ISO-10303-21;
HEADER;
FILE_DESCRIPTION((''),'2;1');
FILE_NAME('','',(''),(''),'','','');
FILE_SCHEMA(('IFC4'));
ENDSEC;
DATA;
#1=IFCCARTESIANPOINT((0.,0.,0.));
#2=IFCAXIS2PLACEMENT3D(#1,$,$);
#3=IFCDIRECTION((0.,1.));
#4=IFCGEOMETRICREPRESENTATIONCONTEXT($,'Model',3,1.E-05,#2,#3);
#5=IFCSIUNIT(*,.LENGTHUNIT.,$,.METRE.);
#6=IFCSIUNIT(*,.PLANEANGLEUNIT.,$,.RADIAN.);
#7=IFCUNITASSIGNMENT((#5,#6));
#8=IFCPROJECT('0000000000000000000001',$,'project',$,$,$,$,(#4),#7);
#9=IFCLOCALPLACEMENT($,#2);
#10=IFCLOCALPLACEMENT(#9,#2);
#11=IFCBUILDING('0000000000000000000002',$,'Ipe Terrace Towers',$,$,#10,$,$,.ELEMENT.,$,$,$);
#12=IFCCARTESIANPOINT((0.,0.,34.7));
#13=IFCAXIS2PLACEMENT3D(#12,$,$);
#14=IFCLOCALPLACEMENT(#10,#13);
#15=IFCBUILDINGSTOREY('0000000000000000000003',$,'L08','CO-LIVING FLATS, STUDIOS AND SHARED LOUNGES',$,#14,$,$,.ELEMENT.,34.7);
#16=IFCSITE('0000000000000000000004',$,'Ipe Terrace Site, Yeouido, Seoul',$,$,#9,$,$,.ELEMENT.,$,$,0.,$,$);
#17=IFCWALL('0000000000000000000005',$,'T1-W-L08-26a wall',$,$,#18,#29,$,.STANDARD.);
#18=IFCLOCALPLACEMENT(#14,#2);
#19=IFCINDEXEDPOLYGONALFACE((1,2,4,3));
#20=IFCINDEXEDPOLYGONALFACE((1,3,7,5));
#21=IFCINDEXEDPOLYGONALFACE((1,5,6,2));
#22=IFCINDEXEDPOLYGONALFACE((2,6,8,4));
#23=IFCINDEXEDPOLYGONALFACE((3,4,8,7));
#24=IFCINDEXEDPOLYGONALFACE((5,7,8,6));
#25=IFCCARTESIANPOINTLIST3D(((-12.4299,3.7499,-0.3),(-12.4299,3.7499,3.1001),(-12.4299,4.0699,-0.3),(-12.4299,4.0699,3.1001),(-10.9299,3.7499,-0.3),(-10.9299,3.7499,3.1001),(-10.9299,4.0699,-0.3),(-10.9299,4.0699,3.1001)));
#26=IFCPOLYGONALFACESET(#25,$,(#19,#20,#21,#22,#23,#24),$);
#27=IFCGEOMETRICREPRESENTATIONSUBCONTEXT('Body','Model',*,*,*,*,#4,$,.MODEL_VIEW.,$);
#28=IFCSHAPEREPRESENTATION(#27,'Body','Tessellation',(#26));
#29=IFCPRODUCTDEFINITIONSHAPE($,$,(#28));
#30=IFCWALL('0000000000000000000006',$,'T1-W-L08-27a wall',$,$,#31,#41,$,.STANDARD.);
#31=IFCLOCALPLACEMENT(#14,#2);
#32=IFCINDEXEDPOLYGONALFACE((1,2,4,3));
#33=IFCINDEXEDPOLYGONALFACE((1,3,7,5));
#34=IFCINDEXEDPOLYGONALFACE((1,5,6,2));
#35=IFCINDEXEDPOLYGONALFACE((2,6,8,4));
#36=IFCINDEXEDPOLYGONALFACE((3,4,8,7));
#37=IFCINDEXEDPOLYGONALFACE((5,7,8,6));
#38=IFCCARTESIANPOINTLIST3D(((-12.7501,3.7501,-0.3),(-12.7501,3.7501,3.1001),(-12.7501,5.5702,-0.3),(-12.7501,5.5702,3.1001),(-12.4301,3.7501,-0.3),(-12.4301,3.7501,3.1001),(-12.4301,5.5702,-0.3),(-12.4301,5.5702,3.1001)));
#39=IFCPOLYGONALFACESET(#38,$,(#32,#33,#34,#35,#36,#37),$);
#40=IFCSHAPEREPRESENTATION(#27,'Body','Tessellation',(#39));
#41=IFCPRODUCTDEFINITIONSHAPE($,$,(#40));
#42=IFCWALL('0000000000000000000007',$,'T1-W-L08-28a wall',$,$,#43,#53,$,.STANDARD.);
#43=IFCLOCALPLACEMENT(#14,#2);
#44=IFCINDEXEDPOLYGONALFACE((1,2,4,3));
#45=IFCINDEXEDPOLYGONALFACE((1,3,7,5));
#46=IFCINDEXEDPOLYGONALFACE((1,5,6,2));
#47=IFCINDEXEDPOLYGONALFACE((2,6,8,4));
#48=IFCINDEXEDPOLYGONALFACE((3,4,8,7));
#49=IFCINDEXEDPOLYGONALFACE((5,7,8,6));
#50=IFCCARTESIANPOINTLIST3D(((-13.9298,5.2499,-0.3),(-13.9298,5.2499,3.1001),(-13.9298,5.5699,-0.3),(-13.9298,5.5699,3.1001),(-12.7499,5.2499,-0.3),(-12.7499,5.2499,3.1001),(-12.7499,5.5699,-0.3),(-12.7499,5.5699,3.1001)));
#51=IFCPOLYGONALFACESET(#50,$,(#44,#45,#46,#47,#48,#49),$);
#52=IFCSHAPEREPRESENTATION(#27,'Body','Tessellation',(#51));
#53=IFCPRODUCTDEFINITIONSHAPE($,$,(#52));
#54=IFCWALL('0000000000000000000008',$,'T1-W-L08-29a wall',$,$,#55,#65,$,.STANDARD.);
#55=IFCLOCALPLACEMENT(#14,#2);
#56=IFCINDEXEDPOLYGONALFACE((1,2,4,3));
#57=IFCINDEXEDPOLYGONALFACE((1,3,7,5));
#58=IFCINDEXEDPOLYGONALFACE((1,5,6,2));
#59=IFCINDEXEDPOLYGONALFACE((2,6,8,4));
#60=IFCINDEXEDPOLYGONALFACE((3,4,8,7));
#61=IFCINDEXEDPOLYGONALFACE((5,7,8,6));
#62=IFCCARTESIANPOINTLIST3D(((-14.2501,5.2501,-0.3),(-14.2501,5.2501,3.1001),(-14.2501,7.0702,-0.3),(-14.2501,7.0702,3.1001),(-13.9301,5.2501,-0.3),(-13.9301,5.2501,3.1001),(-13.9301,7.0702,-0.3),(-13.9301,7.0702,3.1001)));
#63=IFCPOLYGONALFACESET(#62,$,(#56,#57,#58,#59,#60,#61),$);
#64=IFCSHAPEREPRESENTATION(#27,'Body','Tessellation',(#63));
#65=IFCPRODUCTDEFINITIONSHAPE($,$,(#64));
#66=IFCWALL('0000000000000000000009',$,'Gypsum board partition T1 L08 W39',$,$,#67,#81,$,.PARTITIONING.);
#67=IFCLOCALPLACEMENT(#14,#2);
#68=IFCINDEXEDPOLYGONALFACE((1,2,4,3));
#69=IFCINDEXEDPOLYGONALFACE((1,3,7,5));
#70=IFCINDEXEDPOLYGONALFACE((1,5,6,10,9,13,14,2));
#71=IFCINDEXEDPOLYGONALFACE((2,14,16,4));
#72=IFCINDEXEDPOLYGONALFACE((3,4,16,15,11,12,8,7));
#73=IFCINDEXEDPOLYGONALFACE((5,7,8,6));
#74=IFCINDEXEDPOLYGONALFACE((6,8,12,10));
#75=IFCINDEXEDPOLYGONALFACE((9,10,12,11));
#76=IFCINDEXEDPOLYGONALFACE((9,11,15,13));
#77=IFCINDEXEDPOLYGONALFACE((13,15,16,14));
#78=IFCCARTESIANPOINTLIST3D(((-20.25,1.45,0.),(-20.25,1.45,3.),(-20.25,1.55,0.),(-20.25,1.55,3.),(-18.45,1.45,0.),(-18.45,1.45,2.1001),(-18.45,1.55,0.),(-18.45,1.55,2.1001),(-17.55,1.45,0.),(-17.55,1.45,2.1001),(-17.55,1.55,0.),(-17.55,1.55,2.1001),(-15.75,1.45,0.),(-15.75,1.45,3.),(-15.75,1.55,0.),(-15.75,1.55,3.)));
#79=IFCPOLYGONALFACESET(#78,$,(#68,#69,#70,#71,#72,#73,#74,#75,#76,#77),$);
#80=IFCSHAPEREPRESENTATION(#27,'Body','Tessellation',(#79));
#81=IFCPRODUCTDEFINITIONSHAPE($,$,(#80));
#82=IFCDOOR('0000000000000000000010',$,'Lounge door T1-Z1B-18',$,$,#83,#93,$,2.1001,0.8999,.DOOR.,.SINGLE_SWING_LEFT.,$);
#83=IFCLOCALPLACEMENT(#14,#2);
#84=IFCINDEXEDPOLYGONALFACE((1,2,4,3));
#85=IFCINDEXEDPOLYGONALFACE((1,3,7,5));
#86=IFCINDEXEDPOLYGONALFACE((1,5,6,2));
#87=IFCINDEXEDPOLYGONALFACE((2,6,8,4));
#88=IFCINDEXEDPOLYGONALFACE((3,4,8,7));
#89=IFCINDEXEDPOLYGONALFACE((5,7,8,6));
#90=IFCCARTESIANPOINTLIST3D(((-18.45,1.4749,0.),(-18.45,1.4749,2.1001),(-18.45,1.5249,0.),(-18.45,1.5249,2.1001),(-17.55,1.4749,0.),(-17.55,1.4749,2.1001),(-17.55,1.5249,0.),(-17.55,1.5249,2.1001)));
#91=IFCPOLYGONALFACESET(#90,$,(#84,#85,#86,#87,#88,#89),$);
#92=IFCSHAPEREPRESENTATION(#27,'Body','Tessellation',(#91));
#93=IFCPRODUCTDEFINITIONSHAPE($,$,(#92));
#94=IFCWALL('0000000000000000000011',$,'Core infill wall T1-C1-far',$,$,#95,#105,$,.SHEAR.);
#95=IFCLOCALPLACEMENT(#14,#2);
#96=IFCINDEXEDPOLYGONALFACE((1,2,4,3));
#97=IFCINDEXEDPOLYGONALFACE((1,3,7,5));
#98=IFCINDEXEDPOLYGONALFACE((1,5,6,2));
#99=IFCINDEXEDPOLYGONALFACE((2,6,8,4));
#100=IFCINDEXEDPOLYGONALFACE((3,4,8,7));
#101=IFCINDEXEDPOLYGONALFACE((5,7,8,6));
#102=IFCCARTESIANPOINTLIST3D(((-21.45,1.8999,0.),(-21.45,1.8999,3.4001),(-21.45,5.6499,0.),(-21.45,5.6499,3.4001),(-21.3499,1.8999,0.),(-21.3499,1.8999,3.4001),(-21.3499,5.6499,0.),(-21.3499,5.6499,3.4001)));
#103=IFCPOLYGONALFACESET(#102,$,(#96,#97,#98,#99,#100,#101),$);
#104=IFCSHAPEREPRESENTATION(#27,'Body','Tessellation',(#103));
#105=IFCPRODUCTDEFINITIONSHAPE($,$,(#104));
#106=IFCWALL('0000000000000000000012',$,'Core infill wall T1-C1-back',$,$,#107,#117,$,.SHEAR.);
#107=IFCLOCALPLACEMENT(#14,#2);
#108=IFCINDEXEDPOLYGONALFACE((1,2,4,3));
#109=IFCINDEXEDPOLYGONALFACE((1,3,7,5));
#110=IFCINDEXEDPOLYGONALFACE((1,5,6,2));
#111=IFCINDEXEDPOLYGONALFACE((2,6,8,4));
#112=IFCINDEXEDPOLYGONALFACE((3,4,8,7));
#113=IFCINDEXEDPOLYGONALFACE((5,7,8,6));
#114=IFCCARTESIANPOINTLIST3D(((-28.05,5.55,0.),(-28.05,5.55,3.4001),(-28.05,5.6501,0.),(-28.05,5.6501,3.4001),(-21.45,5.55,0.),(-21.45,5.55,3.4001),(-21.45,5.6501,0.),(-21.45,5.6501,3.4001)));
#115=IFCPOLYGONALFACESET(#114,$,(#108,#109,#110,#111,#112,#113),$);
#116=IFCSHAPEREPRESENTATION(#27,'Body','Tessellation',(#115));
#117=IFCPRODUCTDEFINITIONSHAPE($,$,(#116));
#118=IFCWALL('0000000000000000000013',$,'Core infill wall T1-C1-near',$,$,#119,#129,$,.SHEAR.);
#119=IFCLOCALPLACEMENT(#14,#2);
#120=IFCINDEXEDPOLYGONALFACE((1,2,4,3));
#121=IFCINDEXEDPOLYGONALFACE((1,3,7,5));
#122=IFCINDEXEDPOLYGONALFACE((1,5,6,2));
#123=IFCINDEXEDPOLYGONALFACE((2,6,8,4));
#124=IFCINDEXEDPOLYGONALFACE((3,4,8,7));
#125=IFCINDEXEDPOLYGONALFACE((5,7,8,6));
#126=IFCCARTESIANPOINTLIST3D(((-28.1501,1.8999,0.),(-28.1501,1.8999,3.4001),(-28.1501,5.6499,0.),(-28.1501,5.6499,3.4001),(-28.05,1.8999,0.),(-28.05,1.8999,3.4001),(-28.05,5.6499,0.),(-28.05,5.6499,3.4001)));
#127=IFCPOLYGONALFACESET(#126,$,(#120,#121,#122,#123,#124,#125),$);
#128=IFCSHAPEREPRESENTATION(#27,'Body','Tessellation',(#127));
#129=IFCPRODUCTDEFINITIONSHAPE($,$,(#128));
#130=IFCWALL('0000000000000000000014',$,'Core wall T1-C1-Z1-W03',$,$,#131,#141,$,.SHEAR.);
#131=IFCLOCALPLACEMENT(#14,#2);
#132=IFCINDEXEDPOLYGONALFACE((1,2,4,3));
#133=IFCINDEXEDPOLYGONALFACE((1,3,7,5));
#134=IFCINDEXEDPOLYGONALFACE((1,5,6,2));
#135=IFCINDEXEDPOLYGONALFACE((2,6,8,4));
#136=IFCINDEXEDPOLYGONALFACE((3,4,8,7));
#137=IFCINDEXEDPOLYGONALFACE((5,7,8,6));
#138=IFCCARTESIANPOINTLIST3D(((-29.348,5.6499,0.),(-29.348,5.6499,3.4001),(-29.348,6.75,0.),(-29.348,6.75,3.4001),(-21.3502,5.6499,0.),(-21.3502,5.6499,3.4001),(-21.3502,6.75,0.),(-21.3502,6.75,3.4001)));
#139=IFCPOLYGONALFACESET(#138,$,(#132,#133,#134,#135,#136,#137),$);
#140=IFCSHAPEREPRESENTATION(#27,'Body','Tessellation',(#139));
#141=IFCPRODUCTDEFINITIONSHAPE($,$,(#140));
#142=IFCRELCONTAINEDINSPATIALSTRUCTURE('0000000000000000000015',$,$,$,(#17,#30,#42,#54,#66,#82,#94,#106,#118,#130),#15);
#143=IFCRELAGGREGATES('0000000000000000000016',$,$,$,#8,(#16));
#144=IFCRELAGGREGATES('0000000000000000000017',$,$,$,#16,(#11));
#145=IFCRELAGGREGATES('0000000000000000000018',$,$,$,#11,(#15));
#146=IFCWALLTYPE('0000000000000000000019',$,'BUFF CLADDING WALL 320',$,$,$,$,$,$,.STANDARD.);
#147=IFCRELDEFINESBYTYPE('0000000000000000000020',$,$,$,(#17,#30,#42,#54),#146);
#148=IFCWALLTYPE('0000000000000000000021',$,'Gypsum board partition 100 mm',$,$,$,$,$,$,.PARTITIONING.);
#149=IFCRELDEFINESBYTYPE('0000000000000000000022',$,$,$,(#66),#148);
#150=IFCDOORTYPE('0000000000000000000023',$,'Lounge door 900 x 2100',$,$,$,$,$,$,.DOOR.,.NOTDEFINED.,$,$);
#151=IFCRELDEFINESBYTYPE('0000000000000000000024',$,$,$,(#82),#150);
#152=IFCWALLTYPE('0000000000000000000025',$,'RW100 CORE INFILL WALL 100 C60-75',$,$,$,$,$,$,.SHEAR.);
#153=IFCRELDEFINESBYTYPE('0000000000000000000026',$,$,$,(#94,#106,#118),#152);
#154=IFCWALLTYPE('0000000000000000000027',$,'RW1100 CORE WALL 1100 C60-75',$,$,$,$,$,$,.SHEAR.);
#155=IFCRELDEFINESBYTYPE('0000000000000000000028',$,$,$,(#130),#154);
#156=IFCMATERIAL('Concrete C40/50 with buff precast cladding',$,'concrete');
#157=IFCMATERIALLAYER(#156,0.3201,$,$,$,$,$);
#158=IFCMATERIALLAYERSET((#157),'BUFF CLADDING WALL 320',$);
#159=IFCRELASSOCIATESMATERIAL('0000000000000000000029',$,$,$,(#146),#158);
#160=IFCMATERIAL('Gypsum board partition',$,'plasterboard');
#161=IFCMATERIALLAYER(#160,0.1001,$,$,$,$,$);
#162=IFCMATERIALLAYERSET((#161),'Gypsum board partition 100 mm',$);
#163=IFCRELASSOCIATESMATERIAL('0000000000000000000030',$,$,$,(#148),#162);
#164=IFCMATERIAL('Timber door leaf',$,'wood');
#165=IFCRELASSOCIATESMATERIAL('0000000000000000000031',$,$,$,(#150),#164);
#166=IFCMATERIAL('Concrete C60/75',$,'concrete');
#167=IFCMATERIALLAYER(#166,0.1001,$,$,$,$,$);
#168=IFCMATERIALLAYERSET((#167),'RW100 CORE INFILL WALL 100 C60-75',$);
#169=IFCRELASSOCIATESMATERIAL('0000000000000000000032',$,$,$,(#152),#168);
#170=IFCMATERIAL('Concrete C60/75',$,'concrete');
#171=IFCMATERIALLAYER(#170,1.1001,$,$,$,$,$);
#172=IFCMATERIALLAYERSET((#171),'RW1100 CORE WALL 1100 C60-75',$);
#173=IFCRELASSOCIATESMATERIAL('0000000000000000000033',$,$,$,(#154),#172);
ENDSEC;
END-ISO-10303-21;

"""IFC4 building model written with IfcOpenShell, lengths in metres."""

from ifc_helpers import new_model, si_unit, direction, frame, frame_2d, origin, place, context, subcontext, project, spatial, rectangle, extrude, material, layer, layer_set, type_object, element, fill, save


model = new_model("IFC4")

# Units and contexts
model_context = context("Model", 3, precision=1e-05, world=origin(), true_north=direction((0.0, 1.0)))
body_context = subcontext(model_context, "Body", "Model", "MODEL_VIEW")
ifc_project = project(units=[si_unit("LENGTHUNIT", "METRE"), si_unit("PLANEANGLEUNIT", "RADIAN")], contexts=[model_context])

# Site, building, storey
site_placement = place(None, origin())
site = spatial("IfcSite", under=ifc_project, at=site_placement, Name="Ipe Terrace Site, Yeouido, Seoul", CompositionType="ELEMENT", RefElevation=0.0)
building_placement = place(site_placement, origin())
building = spatial("IfcBuilding", under=site, at=building_placement, Name="Ipe Terrace Towers", CompositionType="ELEMENT")
storey_placement = place(building_placement, frame((0.0, 0.0, 34.7)))
storey = spatial("IfcBuildingStorey", under=building, at=storey_placement, Name="L08", Description="CO-LIVING FLATS, STUDIOS AND SHARED LOUNGES", CompositionType="ELEMENT", Elevation=34.7)

# Walls
ifc_material_1 = material(Name="Concrete C40/50 with buff precast cladding", Category="concrete")
ifc_layer_1 = layer(ifc_material_1, 0.3201)
ifc_layer_set_1 = layer_set([ifc_layer_1], Name="BUFF CLADDING WALL 320")
wall_type_1 = type_object("IfcWallType", Name="BUFF CLADDING WALL 320", PredefinedType="STANDARD", material=ifc_layer_set_1)
wall_1_placement = place(storey_placement, frame((-10.9299, 3.9099, -0.3), z_axis=(0.0, 0.0, 1.0), x_axis=(-1.0, 0.0, 0.0)))
element("IfcWall", 1, at=wall_1_placement, inside=storey, type_object=wall_type_1, Name="T1-W-L08-26a wall", PredefinedType="STANDARD", context=body_context, shape_type="SweptSolid", body=[
    extrude(rectangle(XDim=1.5, YDim=0.3201, at=frame_2d((0.75, 0.0))), origin(), (0.0, 0.0, 1.0), 3.4001),
])
wall_2_placement = place(storey_placement, frame((-12.5901, 3.75, -0.3), z_axis=(0.0, 0.0, 1.0), x_axis=(0.0, 1.0, 0.0)))
element("IfcWall", 2, at=wall_2_placement, inside=storey, type_object=wall_type_1, Name="T1-W-L08-27a wall", PredefinedType="STANDARD", context=body_context, shape_type="SweptSolid", body=[
    extrude(rectangle(XDim=1.8201, YDim=0.3201, at=frame_2d((0.9102, 0.0))), origin(), (0.0, 0.0, 1.0), 3.4001),
])
wall_3_placement = place(storey_placement, frame((-12.75, 5.4099, -0.3), z_axis=(0.0, 0.0, 1.0), x_axis=(-1.0, 0.0, 0.0)))
element("IfcWall", 3, at=wall_3_placement, inside=storey, type_object=wall_type_1, Name="T1-W-L08-28a wall", PredefinedType="STANDARD", context=body_context, shape_type="SweptSolid", body=[
    extrude(rectangle(XDim=1.1799, YDim=0.3201, at=frame_2d((0.5898, 0.0))), origin(), (0.0, 0.0, 1.0), 3.4001),
])
wall_4_placement = place(storey_placement, frame((-14.0901, 5.25, -0.3), z_axis=(0.0, 0.0, 1.0), x_axis=(0.0, 1.0, 0.0)))
element("IfcWall", 4, at=wall_4_placement, inside=storey, type_object=wall_type_1, Name="T1-W-L08-29a wall", PredefinedType="STANDARD", context=body_context, shape_type="SweptSolid", body=[
    extrude(rectangle(XDim=1.8201, YDim=0.3201, at=frame_2d((0.9102, 0.0))), origin(), (0.0, 0.0, 1.0), 3.4001),
])

# Wall, opening, door
ifc_material_2 = material(Name="Gypsum board partition", Category="plasterboard")
ifc_layer_2 = layer(ifc_material_2, 0.1001)
ifc_layer_set_2 = layer_set([ifc_layer_2], Name="Gypsum board partition 100 mm")
wall_type_2 = type_object("IfcWallType", Name="Gypsum board partition 100 mm", PredefinedType="PARTITIONING", material=ifc_layer_set_2)
wall_5_placement = place(storey_placement, frame((-20.25, 1.5, 0.0), z_axis=(0.0, 0.0, 1.0), x_axis=(1.0, 0.0, 0.0)))
wall_5 = element("IfcWall", 5, at=wall_5_placement, inside=storey, type_object=wall_type_2, Name="Gypsum board partition T1 L08 W39", PredefinedType="PARTITIONING", context=body_context, shape_type="SweptSolid", body=[
    extrude(rectangle(XDim=4.5, YDim=0.1001, at=frame_2d((2.25, 0.0))), origin(), (0.0, 0.0, 1.0), 3.0),
])
opening_placement = place(wall_5_placement, frame((1.8, 0.0, 0.0)))
opening = element("IfcOpeningElement", 6, at=opening_placement, cuts=wall_5, PredefinedType="OPENING", context=body_context, shape_type="SweptSolid", body=[
    extrude(rectangle(XDim=0.8999, YDim=2.1001, at=frame_2d((0.45, 1.05))), frame((0.0, 0.0601, 0.0), z_axis=(0.0, -1.0, 0.0), x_axis=(1.0, 0.0, 0.0)), (0.0, 0.0, 1.0), 0.1201),
])
ifc_material_3 = material(Name="Timber door leaf", Category="wood")
door_type = type_object("IfcDoorType", Name="Lounge door 900 x 2100", OperationType="NOTDEFINED", PredefinedType="DOOR", material=ifc_material_3)
door_placement = place(opening_placement, origin())
door = element("IfcDoor", 7, at=door_placement, inside=storey, type_object=door_type, Name="Lounge door T1-Z1B-18", OperationType="SINGLE_SWING_LEFT", OverallHeight=2.1001, OverallWidth=0.8999, PredefinedType="DOOR", context=body_context, shape_type="SweptSolid", body=[
    extrude(rectangle(XDim=0.8999, YDim=2.1001, at=frame_2d((0.45, 1.05))), frame((0.0, 0.0249, 0.0), z_axis=(0.0, -1.0, 0.0), x_axis=(1.0, 0.0, 0.0)), (0.0, 0.0, 1.0), 0.05),
])
fill(opening, door)

# Walls
ifc_material_4 = material(Name="Concrete C60/75", Category="concrete")
ifc_layer_3 = layer(ifc_material_4, 0.1001)
ifc_layer_set_3 = layer_set([ifc_layer_3], Name="RW100 CORE INFILL WALL 100 C60-75")
wall_type_3 = type_object("IfcWallType", Name="RW100 CORE INFILL WALL 100 C60-75", PredefinedType="SHEAR", material=ifc_layer_set_3)
wall_6_placement = place(storey_placement, frame((-21.3999, 1.8999, 0.0), z_axis=(0.0, 0.0, 1.0), x_axis=(0.0, 1.0, 0.0)))
element("IfcWall", 8, at=wall_6_placement, inside=storey, type_object=wall_type_3, Name="Core infill wall T1-C1-far", PredefinedType="SHEAR", context=body_context, shape_type="SweptSolid", body=[
    extrude(rectangle(XDim=3.75, YDim=0.1001, at=frame_2d((1.875, 0.0))), origin(), (0.0, 0.0, 1.0), 3.4001),
])
wall_7_placement = place(storey_placement, frame((-28.05, 5.6001, 0.0), z_axis=(0.0, 0.0, 1.0), x_axis=(1.0, 0.0, 0.0)))
element("IfcWall", 9, at=wall_7_placement, inside=storey, type_object=wall_type_3, Name="Core infill wall T1-C1-back", PredefinedType="SHEAR", context=body_context, shape_type="SweptSolid", body=[
    extrude(rectangle(XDim=6.6001, YDim=0.1001, at=frame_2d((3.3, 0.0))), origin(), (0.0, 0.0, 1.0), 3.4001),
])
wall_8_placement = place(storey_placement, frame((-28.1001, 1.8999, 0.0), z_axis=(0.0, 0.0, 1.0), x_axis=(0.0, 1.0, 0.0)))
element("IfcWall", 10, at=wall_8_placement, inside=storey, type_object=wall_type_3, Name="Core infill wall T1-C1-near", PredefinedType="SHEAR", context=body_context, shape_type="SweptSolid", body=[
    extrude(rectangle(XDim=3.75, YDim=0.1001, at=frame_2d((1.875, 0.0))), origin(), (0.0, 0.0, 1.0), 3.4001),
])
ifc_material_5 = material(Name="Concrete C60/75", Category="concrete")
ifc_layer_4 = layer(ifc_material_5, 1.1001)
ifc_layer_set_4 = layer_set([ifc_layer_4], Name="RW1100 CORE WALL 1100 C60-75")
wall_type_4 = type_object("IfcWallType", Name="RW1100 CORE WALL 1100 C60-75", PredefinedType="SHEAR", material=ifc_layer_set_4)
wall_9_placement = place(storey_placement, frame((-21.3501, 6.2, 0.0), z_axis=(0.0, 0.0, 1.0), x_axis=(-1.0, 0.0, 0.0)))
element("IfcWall", 11, at=wall_9_placement, inside=storey, type_object=wall_type_4, Name="Core wall T1-C1-Z1-W03", PredefinedType="SHEAR", context=body_context, shape_type="SweptSolid", body=[
    extrude(rectangle(XDim=7.9978, YDim=1.1001, at=frame_2d((3.999, 0.0))), origin(), (0.0, 0.0, 1.0), 3.4001),
])

save(model, "model.ifc")
